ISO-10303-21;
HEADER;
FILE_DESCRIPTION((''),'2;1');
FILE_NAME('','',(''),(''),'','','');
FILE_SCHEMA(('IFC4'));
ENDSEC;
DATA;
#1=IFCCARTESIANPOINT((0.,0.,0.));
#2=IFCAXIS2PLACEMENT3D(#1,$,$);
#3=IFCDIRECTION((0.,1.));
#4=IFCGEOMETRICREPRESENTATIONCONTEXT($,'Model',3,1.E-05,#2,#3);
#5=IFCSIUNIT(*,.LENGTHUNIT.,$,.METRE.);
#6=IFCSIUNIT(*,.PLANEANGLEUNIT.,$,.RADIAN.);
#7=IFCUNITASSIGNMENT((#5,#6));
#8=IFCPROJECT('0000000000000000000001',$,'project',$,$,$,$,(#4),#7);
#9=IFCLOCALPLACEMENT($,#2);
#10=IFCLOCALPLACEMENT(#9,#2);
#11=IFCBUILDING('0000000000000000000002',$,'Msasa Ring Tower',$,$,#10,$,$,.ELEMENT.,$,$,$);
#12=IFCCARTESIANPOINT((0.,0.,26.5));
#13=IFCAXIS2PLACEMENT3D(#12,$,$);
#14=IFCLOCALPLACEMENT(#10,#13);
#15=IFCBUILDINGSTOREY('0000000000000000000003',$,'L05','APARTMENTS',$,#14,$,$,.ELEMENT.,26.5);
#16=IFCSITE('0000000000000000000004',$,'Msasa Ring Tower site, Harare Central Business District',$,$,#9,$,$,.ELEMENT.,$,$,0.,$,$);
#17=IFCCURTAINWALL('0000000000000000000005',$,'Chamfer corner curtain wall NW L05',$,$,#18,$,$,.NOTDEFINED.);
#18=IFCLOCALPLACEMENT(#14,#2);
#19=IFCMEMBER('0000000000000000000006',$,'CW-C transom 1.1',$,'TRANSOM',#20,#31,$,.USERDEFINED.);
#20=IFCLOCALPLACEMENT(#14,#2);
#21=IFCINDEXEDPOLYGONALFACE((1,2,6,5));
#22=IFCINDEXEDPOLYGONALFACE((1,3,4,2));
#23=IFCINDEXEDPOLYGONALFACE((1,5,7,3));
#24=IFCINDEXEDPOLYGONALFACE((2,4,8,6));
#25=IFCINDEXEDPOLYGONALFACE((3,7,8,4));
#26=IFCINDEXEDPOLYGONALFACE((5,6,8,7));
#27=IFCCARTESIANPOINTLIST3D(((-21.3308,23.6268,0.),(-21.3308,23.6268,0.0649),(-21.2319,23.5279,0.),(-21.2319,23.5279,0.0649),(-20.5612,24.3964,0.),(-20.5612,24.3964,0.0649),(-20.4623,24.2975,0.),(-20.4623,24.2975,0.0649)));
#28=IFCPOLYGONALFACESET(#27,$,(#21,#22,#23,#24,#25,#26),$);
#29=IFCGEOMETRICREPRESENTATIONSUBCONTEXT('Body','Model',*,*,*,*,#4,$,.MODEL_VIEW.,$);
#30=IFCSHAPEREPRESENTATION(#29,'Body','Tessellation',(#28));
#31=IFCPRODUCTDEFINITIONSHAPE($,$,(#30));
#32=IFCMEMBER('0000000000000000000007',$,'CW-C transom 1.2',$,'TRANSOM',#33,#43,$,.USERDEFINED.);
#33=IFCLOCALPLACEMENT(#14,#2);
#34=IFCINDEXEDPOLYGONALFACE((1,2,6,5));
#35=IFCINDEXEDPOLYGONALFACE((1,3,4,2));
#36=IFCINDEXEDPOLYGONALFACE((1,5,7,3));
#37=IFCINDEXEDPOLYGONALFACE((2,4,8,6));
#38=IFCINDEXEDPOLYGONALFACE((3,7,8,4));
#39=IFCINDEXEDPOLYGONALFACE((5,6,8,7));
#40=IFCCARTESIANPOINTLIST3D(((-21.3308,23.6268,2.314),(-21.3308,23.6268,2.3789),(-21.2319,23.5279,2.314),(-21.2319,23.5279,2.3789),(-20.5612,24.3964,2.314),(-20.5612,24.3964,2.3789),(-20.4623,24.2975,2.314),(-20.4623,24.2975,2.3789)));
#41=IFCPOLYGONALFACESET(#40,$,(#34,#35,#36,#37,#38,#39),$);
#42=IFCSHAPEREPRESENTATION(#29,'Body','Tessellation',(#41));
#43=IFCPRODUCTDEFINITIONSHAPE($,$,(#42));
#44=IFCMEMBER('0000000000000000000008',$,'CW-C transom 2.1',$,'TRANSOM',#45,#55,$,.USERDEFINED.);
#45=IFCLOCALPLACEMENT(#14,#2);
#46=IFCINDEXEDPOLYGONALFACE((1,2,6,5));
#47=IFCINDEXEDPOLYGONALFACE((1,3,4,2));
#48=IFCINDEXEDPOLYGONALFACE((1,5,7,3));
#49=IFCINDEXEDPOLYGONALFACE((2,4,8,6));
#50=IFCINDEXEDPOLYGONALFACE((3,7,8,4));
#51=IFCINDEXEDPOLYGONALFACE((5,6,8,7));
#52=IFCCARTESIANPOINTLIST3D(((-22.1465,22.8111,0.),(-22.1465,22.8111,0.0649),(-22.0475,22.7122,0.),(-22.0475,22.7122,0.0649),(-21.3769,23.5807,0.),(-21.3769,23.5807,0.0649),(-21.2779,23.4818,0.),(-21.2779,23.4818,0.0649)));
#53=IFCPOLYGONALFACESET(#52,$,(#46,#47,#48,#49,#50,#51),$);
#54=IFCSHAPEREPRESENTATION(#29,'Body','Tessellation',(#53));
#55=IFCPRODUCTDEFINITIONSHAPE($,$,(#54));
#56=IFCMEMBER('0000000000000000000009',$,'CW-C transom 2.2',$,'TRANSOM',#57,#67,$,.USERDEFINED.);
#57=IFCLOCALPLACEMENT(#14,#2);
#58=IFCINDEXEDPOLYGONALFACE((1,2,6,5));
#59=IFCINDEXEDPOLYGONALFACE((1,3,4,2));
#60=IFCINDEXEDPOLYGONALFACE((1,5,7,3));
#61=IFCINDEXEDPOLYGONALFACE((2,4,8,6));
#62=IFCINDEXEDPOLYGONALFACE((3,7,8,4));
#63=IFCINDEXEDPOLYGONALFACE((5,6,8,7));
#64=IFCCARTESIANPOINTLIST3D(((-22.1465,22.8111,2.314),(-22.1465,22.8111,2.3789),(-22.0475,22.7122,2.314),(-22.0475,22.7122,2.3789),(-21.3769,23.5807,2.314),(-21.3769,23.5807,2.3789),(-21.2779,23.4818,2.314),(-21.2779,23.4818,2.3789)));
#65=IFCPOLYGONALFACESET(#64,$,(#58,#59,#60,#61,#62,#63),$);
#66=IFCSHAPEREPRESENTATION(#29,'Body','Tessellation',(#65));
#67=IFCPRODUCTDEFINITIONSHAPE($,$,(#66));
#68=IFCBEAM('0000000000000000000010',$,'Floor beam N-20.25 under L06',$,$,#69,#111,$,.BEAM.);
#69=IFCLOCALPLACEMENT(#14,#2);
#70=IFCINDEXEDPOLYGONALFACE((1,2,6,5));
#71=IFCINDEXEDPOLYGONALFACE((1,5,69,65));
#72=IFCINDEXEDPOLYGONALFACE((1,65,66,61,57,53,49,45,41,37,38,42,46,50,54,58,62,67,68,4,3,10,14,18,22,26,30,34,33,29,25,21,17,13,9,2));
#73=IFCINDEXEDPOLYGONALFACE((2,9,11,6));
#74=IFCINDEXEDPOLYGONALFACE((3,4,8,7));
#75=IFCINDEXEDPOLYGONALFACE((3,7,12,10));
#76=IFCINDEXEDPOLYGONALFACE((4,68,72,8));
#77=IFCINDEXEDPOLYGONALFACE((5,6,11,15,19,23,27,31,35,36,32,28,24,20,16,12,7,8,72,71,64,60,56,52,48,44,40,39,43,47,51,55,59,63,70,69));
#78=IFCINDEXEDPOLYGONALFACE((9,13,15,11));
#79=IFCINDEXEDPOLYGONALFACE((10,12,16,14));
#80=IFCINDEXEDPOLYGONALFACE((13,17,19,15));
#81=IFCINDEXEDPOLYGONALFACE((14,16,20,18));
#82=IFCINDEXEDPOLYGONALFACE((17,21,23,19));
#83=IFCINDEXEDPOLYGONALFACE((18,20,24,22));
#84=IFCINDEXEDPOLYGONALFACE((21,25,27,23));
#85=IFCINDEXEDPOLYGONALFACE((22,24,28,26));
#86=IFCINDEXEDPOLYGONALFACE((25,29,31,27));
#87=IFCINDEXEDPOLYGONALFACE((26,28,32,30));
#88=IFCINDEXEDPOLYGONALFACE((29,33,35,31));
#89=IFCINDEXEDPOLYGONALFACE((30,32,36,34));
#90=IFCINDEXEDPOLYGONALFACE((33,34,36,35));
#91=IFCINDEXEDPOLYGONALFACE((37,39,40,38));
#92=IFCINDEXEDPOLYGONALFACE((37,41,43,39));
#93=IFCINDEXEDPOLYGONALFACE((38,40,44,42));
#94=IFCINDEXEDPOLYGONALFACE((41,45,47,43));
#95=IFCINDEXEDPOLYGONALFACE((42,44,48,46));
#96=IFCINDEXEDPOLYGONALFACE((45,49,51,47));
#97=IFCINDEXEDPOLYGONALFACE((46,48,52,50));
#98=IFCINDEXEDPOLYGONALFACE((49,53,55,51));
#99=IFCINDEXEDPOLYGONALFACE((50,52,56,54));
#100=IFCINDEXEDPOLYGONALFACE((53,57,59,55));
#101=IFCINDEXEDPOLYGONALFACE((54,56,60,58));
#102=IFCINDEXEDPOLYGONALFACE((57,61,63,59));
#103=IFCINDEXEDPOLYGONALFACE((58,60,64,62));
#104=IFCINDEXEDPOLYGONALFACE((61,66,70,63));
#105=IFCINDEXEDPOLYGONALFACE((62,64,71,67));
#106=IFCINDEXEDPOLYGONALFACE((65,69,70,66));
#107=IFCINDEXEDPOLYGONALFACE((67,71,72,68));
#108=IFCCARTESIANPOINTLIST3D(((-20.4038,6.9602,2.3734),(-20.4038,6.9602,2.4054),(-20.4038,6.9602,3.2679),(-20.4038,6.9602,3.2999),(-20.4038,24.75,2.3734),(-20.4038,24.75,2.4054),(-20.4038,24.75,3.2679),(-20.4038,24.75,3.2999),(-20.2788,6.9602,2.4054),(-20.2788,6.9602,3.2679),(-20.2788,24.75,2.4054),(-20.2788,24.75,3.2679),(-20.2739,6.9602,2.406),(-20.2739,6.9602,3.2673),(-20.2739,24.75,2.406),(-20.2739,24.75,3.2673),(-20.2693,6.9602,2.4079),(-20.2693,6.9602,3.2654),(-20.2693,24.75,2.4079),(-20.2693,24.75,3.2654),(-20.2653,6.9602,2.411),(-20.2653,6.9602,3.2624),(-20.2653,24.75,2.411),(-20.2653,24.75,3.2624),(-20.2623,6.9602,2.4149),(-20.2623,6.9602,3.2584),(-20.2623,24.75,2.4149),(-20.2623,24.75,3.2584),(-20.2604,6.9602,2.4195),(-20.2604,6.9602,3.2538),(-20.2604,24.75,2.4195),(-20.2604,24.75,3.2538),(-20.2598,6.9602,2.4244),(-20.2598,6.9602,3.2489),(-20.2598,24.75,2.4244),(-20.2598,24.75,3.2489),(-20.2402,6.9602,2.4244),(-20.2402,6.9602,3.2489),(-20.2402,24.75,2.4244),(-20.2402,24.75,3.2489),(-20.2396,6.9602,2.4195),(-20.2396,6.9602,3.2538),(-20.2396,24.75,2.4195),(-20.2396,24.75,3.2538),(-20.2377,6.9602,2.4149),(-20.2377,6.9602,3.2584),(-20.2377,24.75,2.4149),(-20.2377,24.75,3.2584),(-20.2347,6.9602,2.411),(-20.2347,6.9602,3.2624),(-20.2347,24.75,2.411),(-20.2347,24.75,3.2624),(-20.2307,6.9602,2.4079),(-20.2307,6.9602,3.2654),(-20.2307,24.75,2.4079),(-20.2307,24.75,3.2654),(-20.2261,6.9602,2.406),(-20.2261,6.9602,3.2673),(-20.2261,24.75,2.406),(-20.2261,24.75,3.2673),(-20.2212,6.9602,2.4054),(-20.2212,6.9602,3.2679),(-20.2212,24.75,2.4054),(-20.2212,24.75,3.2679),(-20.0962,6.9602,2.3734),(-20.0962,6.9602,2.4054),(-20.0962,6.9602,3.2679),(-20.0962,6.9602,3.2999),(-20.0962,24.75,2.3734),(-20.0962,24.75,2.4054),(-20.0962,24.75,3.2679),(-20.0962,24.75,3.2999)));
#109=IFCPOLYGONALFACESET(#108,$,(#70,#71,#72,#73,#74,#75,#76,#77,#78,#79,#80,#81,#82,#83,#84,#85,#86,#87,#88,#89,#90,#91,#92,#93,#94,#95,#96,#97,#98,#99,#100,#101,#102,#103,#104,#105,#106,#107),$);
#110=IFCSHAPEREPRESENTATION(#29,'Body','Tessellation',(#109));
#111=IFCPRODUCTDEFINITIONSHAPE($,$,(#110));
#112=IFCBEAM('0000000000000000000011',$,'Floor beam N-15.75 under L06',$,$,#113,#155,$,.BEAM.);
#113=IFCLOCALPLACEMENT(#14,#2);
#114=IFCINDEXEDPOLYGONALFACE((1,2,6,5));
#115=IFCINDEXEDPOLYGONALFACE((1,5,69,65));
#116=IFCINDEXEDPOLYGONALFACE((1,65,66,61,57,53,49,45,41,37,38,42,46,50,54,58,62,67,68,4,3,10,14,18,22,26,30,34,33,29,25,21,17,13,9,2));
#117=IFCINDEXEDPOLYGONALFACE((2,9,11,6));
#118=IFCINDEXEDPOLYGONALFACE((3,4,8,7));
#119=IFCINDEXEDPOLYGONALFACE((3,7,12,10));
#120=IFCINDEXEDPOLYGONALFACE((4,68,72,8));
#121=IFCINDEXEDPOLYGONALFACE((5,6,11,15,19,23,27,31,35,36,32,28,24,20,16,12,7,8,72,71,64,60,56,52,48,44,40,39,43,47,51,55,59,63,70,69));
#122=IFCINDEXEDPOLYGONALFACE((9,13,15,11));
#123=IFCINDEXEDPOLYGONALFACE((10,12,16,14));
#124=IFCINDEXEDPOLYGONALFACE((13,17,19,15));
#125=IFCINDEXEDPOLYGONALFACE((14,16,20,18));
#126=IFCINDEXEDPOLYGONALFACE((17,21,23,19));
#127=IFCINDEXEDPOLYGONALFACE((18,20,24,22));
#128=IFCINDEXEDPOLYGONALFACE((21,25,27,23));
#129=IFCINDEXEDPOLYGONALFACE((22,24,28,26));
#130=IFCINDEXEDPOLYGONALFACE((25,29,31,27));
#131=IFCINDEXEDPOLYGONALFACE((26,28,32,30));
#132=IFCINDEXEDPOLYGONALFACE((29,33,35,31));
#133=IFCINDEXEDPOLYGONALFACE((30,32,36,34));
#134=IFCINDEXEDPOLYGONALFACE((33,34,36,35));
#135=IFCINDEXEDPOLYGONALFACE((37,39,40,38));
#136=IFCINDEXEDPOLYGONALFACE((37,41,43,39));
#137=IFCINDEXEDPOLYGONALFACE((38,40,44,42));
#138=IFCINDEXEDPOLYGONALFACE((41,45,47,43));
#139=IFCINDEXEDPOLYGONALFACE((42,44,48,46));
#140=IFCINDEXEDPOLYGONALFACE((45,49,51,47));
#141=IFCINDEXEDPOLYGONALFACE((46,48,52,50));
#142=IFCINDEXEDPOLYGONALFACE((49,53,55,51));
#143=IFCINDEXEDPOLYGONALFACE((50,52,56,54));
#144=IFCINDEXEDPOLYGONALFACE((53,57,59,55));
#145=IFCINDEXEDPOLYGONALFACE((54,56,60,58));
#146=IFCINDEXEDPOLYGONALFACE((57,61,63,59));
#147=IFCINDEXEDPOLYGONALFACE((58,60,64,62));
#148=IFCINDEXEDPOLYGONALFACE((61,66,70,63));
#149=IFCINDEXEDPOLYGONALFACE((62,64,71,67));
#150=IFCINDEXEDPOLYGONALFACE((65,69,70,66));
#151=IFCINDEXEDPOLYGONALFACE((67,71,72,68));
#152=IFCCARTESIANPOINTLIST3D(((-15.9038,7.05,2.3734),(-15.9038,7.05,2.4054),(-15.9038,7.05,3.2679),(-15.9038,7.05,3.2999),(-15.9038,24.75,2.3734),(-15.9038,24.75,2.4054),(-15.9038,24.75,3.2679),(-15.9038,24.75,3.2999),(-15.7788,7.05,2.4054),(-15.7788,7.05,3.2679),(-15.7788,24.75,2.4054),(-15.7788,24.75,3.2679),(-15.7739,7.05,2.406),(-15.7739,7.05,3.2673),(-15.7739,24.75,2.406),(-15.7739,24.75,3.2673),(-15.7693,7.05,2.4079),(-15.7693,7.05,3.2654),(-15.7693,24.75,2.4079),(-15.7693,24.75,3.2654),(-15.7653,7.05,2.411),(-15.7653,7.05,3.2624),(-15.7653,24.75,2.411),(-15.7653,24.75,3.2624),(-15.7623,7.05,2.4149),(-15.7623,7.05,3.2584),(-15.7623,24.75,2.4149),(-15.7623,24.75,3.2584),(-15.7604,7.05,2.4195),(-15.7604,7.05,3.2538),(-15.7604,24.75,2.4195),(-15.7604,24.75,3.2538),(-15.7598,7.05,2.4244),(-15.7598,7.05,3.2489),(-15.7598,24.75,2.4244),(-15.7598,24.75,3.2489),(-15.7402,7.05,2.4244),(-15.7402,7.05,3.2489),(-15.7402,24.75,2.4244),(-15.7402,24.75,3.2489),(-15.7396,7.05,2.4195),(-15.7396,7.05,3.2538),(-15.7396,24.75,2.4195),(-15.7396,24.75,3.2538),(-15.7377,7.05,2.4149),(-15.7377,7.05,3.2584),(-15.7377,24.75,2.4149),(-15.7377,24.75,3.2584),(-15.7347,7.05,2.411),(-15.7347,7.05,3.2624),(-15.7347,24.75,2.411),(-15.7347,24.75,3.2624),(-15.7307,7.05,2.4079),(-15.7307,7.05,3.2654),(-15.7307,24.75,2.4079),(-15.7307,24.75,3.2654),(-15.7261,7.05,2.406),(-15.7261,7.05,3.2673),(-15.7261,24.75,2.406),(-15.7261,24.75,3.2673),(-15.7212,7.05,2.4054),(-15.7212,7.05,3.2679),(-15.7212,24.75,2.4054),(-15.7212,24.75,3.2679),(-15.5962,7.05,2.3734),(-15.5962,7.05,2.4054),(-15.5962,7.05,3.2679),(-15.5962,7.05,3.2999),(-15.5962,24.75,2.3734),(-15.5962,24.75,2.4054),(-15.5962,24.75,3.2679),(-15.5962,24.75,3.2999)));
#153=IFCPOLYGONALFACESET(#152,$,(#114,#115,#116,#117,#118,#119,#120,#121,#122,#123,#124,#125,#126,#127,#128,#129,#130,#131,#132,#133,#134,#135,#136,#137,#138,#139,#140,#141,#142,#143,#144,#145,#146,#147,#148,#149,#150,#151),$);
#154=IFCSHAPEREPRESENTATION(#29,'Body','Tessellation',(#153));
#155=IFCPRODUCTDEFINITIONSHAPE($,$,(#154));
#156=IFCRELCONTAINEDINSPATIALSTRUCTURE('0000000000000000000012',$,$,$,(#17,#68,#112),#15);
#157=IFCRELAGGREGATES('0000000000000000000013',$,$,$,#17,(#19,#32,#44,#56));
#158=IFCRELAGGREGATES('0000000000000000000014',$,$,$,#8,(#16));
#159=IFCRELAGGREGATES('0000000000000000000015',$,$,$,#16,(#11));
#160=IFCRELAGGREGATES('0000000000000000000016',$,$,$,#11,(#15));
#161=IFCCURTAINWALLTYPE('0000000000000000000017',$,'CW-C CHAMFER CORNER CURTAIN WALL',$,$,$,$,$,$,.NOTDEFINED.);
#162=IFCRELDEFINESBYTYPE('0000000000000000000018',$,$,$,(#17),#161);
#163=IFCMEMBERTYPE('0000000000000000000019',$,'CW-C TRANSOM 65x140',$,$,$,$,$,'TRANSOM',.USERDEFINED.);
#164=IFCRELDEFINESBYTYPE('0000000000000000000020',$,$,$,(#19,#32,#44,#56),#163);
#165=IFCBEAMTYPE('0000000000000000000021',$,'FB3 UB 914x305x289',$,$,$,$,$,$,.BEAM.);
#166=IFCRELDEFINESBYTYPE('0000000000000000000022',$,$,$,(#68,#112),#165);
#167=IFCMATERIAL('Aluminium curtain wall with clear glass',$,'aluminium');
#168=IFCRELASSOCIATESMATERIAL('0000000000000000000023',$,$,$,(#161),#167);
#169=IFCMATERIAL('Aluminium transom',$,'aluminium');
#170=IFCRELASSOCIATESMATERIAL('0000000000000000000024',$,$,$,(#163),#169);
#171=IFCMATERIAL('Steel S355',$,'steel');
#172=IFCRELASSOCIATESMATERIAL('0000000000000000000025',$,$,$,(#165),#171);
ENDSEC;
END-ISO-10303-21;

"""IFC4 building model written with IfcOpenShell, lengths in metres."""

from ifc_helpers import new_model, si_unit, direction, frame, origin, origin_2d, place, context, subcontext, project, spatial, rectangle, i_section, extrude, material, material_profile, profile_set, type_object, element, aggregate, save


model = new_model("IFC4")

# Units and contexts
model_context = context("Model", 3, precision=1e-05, world=origin(), true_north=direction((0.0, 1.0)))
body_context = subcontext(model_context, "Body", "Model", "MODEL_VIEW")
ifc_project = project(units=[si_unit("LENGTHUNIT", "METRE"), si_unit("PLANEANGLEUNIT", "RADIAN")], contexts=[model_context])

# Site, building, storey
site_placement = place(None, origin())
site = spatial("IfcSite", under=ifc_project, at=site_placement, Name="Msasa Ring Tower site, Harare Central Business District", CompositionType="ELEMENT", RefElevation=0.0)
building_placement = place(site_placement, origin())
building = spatial("IfcBuilding", under=site, at=building_placement, Name="Msasa Ring Tower", CompositionType="ELEMENT")
storey_placement = place(building_placement, frame((0.0, 0.0, 26.5)))
storey = spatial("IfcBuildingStorey", under=building, at=storey_placement, Name="L05", Description="APARTMENTS", CompositionType="ELEMENT", Elevation=26.5)

# Curtain wall
ifc_material_1 = material(Name="Aluminium curtain wall with clear glass", Category="aluminium")
curtain_wall_type = type_object("IfcCurtainWallType", Name="CW-C CHAMFER CORNER CURTAIN WALL", PredefinedType="NOTDEFINED", material=ifc_material_1)
curtain_wall_1_placement = place(storey_placement, origin())
curtain_wall_1 = element("IfcCurtainWall", 1, at=curtain_wall_1_placement, inside=storey, type_object=curtain_wall_type, Name="Chamfer corner curtain wall NW L05", PredefinedType="NOTDEFINED")

# Members
ifc_material_2 = material(Name="Aluminium transom", Category="aluminium")
ifc_material_profile_1 = material_profile(ifc_material_2, rectangle(XDim=0.1399, YDim=0.0649, at=origin_2d()), Name="AL 65x140")
ifc_profile_set_1 = profile_set([ifc_material_profile_1], Name="Aluminium transom")
member_type_1 = type_object("IfcMemberType", Name="CW-C TRANSOM 65x140", ElementType="TRANSOM", PredefinedType="USERDEFINED", material=ifc_profile_set_1)
member_1_placement = place(storey_placement, frame((-20.5117, 24.3469, 0.0325), z_axis=(-0.707107, -0.707107, 0.0), x_axis=(0.707107, -0.707107, 0.0)))
member_1 = element("IfcMember", 2, at=member_1_placement, type_object=member_type_1, Name="CW-C transom 1.1", ObjectType="TRANSOM", PredefinedType="USERDEFINED", context=body_context, shape_type="SweptSolid", body=[
    extrude(rectangle(XDim=0.1399, YDim=0.0649, at=origin_2d()), origin(), (0.0, 0.0, 1.0), 1.0884),
])
member_2_placement = place(storey_placement, frame((-20.5117, 24.3469, 2.3464), z_axis=(-0.707107, -0.707107, 0.0), x_axis=(0.707107, -0.707107, 0.0)))
member_2 = element("IfcMember", 3, at=member_2_placement, type_object=member_type_1, Name="CW-C transom 1.2", ObjectType="TRANSOM", PredefinedType="USERDEFINED", context=body_context, shape_type="SweptSolid", body=[
    extrude(rectangle(XDim=0.1399, YDim=0.0649, at=origin_2d()), origin(), (0.0, 0.0, 1.0), 1.0884),
])
member_3_placement = place(storey_placement, frame((-21.3274, 23.5312, 0.0325), z_axis=(-0.707107, -0.707107, 0.0), x_axis=(0.707107, -0.707107, 0.0)))
member_3 = element("IfcMember", 4, at=member_3_placement, type_object=member_type_1, Name="CW-C transom 2.1", ObjectType="TRANSOM", PredefinedType="USERDEFINED", context=body_context, shape_type="SweptSolid", body=[
    extrude(rectangle(XDim=0.1399, YDim=0.0649, at=origin_2d()), origin(), (0.0, 0.0, 1.0), 1.0884),
])
member_4_placement = place(storey_placement, frame((-21.3274, 23.5312, 2.3464), z_axis=(-0.707107, -0.707107, 0.0), x_axis=(0.707107, -0.707107, 0.0)))
member_4 = element("IfcMember", 5, at=member_4_placement, type_object=member_type_1, Name="CW-C transom 2.2", ObjectType="TRANSOM", PredefinedType="USERDEFINED", context=body_context, shape_type="SweptSolid", body=[
    extrude(rectangle(XDim=0.1399, YDim=0.0649, at=origin_2d()), origin(), (0.0, 0.0, 1.0), 1.0884),
])

# Beams
ifc_material_3 = material(Name="Steel S355", Category="steel")
ifc_material_profile_2 = material_profile(ifc_material_3, i_section(OverallWidth=0.3076, OverallDepth=0.9265, WebThickness=0.0195, FlangeThickness=0.032, FilletRadius=0.019, at=origin_2d()), Name="UB 914x305x289")
ifc_profile_set_2 = profile_set([ifc_material_profile_2], Name="Steel S355")
beam_type_1 = type_object("IfcBeamType", Name="FB3 UB 914x305x289", PredefinedType="BEAM", material=ifc_profile_set_2)
beam_1_placement = place(storey_placement, frame((-20.25, 24.75, 2.8367), z_axis=(0.0, -1.0, 0.0), x_axis=(1.0, 0.0, 0.0)))
element("IfcBeam", 6, at=beam_1_placement, inside=storey, type_object=beam_type_1, Name="Floor beam N-20.25 under L06", PredefinedType="BEAM", context=body_context, shape_type="SweptSolid", body=[
    extrude(i_section(OverallWidth=0.3076, OverallDepth=0.9265, WebThickness=0.0195, FlangeThickness=0.032, FilletRadius=0.019, at=origin_2d()), origin(), (0.0, 0.0, 1.0), 17.7898),
])
beam_2_placement = place(storey_placement, frame((-15.75, 24.75, 2.8367), z_axis=(0.0, -1.0, 0.0), x_axis=(1.0, 0.0, 0.0)))
element("IfcBeam", 7, at=beam_2_placement, inside=storey, type_object=beam_type_1, Name="Floor beam N-15.75 under L06", PredefinedType="BEAM", context=body_context, shape_type="SweptSolid", body=[
    extrude(i_section(OverallWidth=0.3076, OverallDepth=0.9265, WebThickness=0.0195, FlangeThickness=0.032, FilletRadius=0.019, at=origin_2d()), origin(), (0.0, 0.0, 1.0), 17.7),
])

aggregate(curtain_wall_1, [member_1, member_2, member_3, member_4])

save(model, "model.ifc")
